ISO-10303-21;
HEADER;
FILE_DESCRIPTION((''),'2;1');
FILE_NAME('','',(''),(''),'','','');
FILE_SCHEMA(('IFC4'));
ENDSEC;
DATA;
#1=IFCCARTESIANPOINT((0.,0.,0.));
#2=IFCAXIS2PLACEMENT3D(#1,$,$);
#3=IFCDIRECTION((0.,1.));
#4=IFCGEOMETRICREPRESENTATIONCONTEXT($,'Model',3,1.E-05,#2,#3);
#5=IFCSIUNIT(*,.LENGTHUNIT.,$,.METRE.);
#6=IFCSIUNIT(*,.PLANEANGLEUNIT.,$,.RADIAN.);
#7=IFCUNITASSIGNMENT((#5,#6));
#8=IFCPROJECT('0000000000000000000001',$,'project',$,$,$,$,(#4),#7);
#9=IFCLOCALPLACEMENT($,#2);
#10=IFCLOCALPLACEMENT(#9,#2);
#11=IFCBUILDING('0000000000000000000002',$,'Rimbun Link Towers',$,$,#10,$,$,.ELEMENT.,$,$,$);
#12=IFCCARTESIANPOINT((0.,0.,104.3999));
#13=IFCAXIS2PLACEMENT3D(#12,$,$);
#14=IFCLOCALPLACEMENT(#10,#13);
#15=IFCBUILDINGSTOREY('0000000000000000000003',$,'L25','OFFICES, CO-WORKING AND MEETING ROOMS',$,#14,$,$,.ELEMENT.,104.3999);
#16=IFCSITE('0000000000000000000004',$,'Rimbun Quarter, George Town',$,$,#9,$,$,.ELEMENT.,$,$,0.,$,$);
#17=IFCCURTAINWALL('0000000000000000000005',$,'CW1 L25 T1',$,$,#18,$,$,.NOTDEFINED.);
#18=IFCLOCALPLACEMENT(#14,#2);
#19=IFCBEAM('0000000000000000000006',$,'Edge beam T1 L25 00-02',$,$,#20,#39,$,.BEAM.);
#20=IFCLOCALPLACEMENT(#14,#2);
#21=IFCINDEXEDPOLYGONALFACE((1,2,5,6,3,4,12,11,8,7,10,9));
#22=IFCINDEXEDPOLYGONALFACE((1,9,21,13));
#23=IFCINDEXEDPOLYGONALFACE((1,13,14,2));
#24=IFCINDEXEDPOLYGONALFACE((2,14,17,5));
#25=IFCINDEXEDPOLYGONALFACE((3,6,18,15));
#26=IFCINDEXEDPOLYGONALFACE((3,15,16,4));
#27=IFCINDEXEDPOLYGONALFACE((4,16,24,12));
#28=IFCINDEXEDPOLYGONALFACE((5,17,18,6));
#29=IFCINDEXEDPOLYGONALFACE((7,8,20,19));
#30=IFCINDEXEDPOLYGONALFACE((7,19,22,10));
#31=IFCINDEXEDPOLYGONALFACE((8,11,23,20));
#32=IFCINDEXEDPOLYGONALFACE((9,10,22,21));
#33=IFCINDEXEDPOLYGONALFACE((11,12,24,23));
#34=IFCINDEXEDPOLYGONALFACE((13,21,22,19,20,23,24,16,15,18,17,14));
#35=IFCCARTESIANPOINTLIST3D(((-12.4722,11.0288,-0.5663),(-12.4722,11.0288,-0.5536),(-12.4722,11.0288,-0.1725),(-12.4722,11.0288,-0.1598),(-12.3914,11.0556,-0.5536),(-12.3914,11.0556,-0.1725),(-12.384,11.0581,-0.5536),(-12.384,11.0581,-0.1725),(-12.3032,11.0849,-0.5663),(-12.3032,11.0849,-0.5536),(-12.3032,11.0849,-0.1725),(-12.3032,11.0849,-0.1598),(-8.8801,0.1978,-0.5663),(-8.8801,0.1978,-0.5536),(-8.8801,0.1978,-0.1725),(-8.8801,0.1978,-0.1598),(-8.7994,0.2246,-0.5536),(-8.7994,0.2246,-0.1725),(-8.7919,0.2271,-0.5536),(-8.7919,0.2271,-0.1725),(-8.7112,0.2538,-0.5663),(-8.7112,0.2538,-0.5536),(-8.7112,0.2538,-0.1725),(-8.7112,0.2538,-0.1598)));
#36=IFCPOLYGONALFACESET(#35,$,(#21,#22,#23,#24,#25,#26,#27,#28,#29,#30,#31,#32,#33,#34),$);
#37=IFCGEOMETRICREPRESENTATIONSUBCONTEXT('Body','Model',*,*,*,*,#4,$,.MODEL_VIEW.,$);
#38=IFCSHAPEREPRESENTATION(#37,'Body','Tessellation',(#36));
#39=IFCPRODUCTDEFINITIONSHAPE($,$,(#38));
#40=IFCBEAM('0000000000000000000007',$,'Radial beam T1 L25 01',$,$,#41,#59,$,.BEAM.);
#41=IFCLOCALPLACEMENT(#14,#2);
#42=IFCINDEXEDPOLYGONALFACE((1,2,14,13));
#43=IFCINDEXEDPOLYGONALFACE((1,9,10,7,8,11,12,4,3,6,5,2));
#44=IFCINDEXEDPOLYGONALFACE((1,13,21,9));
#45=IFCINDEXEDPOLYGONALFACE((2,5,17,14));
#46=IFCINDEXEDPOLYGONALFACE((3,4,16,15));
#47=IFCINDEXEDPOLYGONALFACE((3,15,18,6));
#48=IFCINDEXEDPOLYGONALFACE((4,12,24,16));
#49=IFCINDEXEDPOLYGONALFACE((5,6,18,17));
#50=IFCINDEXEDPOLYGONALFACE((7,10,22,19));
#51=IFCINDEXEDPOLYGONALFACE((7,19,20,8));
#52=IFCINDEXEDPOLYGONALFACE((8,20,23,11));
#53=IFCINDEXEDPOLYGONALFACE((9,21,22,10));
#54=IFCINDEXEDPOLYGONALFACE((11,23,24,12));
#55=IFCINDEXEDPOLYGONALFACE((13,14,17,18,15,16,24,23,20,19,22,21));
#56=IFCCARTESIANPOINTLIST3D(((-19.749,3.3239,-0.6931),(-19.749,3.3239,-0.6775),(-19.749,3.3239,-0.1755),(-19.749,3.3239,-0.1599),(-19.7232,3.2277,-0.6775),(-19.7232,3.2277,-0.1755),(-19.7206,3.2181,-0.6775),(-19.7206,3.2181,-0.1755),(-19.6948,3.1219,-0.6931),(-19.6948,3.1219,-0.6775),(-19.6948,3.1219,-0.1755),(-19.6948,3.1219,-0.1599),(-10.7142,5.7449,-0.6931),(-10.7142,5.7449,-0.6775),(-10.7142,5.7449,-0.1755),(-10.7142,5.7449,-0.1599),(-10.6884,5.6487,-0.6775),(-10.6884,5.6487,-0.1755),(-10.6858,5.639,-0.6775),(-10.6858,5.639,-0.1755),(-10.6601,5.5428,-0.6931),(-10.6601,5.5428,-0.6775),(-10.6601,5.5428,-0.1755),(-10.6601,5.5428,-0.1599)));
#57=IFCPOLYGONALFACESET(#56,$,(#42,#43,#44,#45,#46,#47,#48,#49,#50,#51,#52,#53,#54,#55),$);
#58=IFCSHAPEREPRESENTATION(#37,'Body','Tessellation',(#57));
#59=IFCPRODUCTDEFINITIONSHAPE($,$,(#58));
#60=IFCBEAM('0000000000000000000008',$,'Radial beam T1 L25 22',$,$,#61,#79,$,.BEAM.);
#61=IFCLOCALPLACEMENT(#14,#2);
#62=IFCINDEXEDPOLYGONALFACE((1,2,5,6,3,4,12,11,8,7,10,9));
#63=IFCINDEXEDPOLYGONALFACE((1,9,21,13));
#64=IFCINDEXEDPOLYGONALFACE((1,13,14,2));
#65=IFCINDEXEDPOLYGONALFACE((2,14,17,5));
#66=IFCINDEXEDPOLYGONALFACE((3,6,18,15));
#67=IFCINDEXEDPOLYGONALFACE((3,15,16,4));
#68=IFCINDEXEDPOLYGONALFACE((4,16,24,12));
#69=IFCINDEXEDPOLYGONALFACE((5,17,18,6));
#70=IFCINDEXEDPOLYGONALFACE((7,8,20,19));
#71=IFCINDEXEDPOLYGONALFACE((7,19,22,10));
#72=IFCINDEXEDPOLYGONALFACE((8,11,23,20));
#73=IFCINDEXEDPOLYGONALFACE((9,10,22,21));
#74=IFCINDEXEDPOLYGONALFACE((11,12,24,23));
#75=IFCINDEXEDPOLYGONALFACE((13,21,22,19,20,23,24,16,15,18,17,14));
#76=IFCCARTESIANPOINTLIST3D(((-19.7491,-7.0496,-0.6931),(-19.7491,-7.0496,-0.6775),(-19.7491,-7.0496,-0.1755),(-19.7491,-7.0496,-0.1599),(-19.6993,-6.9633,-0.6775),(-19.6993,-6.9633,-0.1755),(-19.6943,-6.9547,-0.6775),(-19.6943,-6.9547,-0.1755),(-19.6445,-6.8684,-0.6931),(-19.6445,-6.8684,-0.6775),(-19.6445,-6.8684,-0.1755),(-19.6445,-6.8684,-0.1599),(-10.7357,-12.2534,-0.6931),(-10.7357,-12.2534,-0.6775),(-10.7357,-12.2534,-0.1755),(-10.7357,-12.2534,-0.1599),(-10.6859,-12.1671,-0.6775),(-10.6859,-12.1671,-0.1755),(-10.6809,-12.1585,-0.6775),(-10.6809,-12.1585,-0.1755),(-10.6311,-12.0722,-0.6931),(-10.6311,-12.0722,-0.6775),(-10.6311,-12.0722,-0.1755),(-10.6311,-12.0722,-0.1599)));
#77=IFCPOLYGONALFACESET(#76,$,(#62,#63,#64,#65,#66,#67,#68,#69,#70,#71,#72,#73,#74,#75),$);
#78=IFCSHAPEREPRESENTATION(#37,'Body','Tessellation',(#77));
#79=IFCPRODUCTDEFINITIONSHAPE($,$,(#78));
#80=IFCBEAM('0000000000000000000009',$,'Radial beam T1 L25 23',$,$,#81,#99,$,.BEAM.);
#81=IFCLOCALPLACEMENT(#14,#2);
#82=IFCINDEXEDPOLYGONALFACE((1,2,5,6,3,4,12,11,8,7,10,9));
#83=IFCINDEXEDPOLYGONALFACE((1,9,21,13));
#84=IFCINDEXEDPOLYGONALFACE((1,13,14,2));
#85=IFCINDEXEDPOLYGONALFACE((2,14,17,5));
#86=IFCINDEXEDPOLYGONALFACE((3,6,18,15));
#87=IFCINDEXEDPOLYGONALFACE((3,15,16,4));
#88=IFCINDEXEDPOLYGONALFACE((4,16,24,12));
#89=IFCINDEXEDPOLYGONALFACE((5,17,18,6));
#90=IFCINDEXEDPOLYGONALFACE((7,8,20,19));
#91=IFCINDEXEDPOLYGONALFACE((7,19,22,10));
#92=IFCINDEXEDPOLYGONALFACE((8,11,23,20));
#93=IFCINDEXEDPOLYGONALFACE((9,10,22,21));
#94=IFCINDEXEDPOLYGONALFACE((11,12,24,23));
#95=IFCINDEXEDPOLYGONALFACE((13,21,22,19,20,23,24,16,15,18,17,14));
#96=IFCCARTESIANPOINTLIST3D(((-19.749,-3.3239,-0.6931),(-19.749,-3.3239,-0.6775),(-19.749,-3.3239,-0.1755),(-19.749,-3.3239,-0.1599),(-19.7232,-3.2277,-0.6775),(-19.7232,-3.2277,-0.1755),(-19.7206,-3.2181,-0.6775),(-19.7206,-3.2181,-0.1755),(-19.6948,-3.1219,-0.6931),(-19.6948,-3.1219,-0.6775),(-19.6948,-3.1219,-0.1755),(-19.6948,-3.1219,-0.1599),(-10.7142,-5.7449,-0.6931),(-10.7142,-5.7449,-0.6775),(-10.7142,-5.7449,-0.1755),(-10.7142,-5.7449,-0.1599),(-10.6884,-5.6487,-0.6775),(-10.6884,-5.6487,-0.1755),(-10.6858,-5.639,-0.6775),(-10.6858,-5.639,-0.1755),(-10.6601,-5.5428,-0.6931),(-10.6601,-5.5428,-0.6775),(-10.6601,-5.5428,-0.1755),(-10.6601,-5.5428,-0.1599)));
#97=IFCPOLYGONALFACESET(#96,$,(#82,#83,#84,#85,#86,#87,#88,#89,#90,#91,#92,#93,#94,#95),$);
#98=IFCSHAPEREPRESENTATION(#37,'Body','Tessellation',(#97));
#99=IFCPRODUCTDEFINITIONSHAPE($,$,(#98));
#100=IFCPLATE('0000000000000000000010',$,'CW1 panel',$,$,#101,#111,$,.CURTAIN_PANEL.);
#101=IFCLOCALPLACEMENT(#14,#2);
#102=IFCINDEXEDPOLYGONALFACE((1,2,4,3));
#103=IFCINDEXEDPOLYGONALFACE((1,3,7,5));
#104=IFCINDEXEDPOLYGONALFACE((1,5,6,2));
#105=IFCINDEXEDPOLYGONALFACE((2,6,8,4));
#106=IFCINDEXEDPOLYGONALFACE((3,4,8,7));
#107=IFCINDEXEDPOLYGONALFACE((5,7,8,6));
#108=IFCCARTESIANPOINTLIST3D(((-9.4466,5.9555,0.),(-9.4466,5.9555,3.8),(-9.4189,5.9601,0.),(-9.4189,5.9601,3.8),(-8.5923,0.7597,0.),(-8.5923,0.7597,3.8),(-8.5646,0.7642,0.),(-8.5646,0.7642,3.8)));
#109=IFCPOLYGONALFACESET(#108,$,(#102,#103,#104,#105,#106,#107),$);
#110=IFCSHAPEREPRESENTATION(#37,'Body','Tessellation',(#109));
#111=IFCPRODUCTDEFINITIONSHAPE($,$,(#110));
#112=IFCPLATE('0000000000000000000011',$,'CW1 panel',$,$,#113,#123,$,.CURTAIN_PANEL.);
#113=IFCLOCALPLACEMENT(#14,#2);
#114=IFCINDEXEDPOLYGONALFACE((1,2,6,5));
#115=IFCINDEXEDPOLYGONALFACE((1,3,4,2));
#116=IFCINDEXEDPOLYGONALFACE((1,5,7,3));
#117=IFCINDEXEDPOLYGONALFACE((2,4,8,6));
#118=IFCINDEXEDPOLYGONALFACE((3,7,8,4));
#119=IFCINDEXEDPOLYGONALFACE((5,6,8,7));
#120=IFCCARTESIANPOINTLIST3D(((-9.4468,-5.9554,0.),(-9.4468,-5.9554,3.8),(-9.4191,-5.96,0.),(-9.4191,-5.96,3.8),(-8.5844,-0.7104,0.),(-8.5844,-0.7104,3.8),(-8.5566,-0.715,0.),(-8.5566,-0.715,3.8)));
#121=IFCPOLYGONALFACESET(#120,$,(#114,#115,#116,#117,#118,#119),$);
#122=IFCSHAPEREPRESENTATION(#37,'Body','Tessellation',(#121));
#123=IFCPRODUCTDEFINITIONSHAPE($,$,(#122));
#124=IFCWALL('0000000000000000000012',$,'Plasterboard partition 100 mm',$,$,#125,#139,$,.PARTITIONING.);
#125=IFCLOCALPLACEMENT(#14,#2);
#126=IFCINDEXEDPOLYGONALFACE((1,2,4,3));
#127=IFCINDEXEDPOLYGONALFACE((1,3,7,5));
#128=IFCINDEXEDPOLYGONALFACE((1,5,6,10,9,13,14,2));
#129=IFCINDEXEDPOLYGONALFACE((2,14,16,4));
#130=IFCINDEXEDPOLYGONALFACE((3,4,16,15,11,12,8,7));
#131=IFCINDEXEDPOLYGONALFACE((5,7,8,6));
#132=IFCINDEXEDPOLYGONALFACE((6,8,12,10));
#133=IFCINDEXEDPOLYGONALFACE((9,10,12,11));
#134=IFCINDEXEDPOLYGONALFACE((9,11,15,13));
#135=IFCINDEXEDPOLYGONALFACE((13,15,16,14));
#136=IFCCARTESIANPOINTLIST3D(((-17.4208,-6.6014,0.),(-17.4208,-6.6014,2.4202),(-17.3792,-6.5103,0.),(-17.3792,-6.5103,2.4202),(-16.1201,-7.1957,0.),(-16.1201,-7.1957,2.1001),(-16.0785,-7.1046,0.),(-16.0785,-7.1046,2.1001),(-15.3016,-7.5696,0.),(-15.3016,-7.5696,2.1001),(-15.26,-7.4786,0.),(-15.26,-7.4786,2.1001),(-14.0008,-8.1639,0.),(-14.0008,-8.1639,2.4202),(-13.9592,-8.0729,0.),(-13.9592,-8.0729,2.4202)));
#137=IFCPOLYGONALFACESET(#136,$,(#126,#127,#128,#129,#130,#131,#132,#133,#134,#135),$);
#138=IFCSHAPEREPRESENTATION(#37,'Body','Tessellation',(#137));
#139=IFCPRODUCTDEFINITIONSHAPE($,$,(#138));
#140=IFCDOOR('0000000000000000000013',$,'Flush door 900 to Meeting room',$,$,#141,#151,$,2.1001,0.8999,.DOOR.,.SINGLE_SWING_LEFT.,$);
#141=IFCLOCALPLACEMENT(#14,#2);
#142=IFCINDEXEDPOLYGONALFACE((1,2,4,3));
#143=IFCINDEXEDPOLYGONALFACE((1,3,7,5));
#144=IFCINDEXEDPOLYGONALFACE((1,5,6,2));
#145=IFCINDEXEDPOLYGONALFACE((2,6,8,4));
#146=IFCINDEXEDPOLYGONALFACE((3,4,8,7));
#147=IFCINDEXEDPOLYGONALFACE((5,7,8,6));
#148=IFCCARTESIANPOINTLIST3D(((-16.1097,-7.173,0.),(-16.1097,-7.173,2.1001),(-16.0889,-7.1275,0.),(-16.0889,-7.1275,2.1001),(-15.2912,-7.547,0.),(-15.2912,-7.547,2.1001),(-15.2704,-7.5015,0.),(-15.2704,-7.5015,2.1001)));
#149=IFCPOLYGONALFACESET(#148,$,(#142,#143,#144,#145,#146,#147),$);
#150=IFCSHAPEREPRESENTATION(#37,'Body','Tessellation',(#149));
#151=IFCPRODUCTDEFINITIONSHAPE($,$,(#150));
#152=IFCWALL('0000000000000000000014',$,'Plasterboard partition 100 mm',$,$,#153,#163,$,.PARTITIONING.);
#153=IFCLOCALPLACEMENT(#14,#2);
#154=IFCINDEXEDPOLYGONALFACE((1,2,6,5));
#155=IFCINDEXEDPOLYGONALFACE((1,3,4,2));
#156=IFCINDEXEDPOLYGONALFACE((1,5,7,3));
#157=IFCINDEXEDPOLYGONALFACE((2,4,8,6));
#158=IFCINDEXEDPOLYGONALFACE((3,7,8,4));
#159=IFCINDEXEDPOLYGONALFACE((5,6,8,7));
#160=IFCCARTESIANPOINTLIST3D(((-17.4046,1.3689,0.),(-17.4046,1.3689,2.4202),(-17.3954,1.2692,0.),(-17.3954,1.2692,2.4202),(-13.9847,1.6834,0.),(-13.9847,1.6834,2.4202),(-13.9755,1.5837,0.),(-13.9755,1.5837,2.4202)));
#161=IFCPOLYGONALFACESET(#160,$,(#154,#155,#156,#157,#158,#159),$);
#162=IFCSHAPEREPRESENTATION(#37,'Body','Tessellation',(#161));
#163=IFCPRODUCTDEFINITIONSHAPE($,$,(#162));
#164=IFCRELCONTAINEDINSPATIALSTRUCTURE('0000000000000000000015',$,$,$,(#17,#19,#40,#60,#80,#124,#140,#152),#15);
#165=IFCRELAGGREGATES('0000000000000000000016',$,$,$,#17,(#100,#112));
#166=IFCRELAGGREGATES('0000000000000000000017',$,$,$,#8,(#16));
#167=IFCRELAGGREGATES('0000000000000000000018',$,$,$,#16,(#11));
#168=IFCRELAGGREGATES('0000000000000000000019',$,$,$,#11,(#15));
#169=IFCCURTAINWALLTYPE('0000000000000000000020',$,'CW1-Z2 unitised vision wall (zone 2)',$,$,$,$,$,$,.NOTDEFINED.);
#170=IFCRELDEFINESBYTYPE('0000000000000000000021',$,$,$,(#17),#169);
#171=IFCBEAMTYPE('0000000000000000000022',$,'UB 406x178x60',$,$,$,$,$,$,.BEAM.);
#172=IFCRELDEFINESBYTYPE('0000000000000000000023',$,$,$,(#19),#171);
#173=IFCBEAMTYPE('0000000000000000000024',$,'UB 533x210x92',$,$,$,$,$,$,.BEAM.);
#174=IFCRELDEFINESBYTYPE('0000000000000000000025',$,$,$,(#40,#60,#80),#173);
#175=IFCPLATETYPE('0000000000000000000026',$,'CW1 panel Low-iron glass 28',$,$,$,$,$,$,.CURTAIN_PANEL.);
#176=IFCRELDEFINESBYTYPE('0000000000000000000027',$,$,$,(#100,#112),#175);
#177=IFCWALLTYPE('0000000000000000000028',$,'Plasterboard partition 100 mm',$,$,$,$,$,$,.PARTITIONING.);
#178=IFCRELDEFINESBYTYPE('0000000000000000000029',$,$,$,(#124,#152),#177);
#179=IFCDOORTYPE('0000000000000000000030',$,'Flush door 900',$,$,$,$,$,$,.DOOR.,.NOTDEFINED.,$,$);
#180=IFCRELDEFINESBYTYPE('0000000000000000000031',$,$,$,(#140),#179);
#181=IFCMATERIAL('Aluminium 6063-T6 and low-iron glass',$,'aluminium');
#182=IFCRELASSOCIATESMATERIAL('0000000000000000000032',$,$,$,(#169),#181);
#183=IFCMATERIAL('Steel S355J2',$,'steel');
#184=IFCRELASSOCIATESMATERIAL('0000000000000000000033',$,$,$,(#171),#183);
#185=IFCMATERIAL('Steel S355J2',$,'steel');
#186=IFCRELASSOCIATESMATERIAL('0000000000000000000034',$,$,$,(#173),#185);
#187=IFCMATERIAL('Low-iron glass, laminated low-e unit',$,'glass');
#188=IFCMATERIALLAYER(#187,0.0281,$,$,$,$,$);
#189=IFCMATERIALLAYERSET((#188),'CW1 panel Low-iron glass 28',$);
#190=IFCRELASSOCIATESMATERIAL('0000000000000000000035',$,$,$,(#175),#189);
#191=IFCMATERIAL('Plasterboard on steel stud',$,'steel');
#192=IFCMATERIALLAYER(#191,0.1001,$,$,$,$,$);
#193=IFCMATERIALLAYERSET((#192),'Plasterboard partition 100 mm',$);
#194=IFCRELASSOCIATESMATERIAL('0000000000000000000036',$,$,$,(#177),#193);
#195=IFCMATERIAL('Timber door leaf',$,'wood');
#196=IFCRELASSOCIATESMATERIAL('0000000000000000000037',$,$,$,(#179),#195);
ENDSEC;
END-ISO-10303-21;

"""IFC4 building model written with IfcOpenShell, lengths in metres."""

from ifc_helpers import new_model, si_unit, direction, frame, frame_2d, origin, origin_2d, place, context, subcontext, project, spatial, rectangle, i_section, extrude, material, layer, layer_set, material_profile, profile_set, type_object, element, fill, aggregate, save


model = new_model("IFC4")

# Units and contexts
model_context = context("Model", 3, precision=1e-05, world=origin(), true_north=direction((0.0, 1.0)))
body_context = subcontext(model_context, "Body", "Model", "MODEL_VIEW")
ifc_project = project(units=[si_unit("LENGTHUNIT", "METRE"), si_unit("PLANEANGLEUNIT", "RADIAN")], contexts=[model_context])

# Site, building, storey
site_placement = place(None, origin())
site = spatial("IfcSite", under=ifc_project, at=site_placement, Name="Rimbun Quarter, George Town", CompositionType="ELEMENT", RefElevation=0.0)
building_placement = place(site_placement, origin())
building = spatial("IfcBuilding", under=site, at=building_placement, Name="Rimbun Link Towers", CompositionType="ELEMENT")
storey_placement = place(building_placement, frame((0.0, 0.0, 104.3999)))
storey = spatial("IfcBuildingStorey", under=building, at=storey_placement, Name="L25", Description="OFFICES, CO-WORKING AND MEETING ROOMS", CompositionType="ELEMENT", Elevation=104.3999)

# Curtain wall
ifc_material_1 = material(Name="Aluminium 6063-T6 and low-iron glass", Category="aluminium")
curtain_wall_type = type_object("IfcCurtainWallType", Name="CW1-Z2 unitised vision wall (zone 2)", PredefinedType="NOTDEFINED", material=ifc_material_1)
curtain_wall_placement = place(storey_placement, origin())
curtain_wall = element("IfcCurtainWall", 1, at=curtain_wall_placement, inside=storey, type_object=curtain_wall_type, Name="CW1 L25 T1", PredefinedType="NOTDEFINED")

# Beams
ifc_material_2 = material(Name="Steel S355J2", Category="steel")
ifc_material_profile_1 = material_profile(ifc_material_2, i_section(OverallWidth=0.178, OverallDepth=0.4065, WebThickness=0.0078, FlangeThickness=0.0127, at=origin_2d()), Name="UB 406x178x60")
ifc_profile_set_1 = profile_set([ifc_material_profile_1], Name="Steel S355J2")
beam_type_1 = type_object("IfcBeamType", Name="UB 406x178x60", PredefinedType="BEAM", material=ifc_profile_set_1)
beam_1_placement = place(storey_placement, frame((-8.7957, 0.2258, -0.363), z_axis=(-0.314783, 0.949164, 0.0), x_axis=(-0.949164, -0.314783, 0.0)))
element("IfcBeam", 2, at=beam_1_placement, inside=storey, type_object=beam_type_1, Name="Edge beam T1 L25 00-02", PredefinedType="BEAM", context=body_context, shape_type="SweptSolid", body=[
    extrude(i_section(OverallWidth=0.178, OverallDepth=0.4065, WebThickness=0.0078, FlangeThickness=0.0127, at=origin_2d()), origin(), (0.0, 0.0, 1.0), 11.4111),
])
ifc_material_3 = material(Name="Steel S355J2", Category="steel")
ifc_material_profile_2 = material_profile(ifc_material_3, i_section(OverallWidth=0.2092, OverallDepth=0.5332, WebThickness=0.01, FlangeThickness=0.0156, at=origin_2d()), Name="UB 533x210x92")
ifc_profile_set_2 = profile_set([ifc_material_profile_2], Name="Steel S355J2")
beam_type_2 = type_object("IfcBeamType", Name="UB 533x210x92", PredefinedType="BEAM", material=ifc_profile_set_2)
beam_2_placement = place(storey_placement, frame((-19.7219, 3.2229, -0.4265), z_axis=(0.965924, 0.258826, 0.0), x_axis=(-0.258826, 0.965924, 0.0)))
element("IfcBeam", 3, at=beam_2_placement, inside=storey, type_object=beam_type_2, Name="Radial beam T1 L25 01", PredefinedType="BEAM", context=body_context, shape_type="SweptSolid", body=[
    extrude(i_section(OverallWidth=0.2092, OverallDepth=0.5332, WebThickness=0.01, FlangeThickness=0.0156, at=origin_2d()), origin(), (0.0, 0.0, 1.0), 9.3535),
])
beam_3_placement = place(storey_placement, frame((-19.6968, -6.959, -0.4265), z_axis=(0.866027, -0.499997, 0.0), x_axis=(0.499997, 0.866027, 0.0)))
element("IfcBeam", 4, at=beam_3_placement, inside=storey, type_object=beam_type_2, Name="Radial beam T1 L25 22", PredefinedType="BEAM", context=body_context, shape_type="SweptSolid", body=[
    extrude(i_section(OverallWidth=0.2092, OverallDepth=0.5332, WebThickness=0.01, FlangeThickness=0.0156, at=origin_2d()), origin(), (0.0, 0.0, 1.0), 10.4077),
])
beam_4_placement = place(storey_placement, frame((-19.7219, -3.2229, -0.4265), z_axis=(0.965924, -0.258826, 0.0), x_axis=(0.258826, 0.965924, 0.0)))
element("IfcBeam", 5, at=beam_4_placement, inside=storey, type_object=beam_type_2, Name="Radial beam T1 L25 23", PredefinedType="BEAM", context=body_context, shape_type="SweptSolid", body=[
    extrude(i_section(OverallWidth=0.2092, OverallDepth=0.5332, WebThickness=0.01, FlangeThickness=0.0156, at=origin_2d()), origin(), (0.0, 0.0, 1.0), 9.3535),
])

# Plates
ifc_material_4 = material(Name="Low-iron glass, laminated low-e unit", Category="glass")
ifc_layer_1 = layer(ifc_material_4, 0.0281)
ifc_layer_set_1 = layer_set([ifc_layer_1], Name="CW1 panel Low-iron glass 28")
plate_type = type_object("IfcPlateType", Name="CW1 panel Low-iron glass 28", PredefinedType="CURTAIN_PANEL", material=ifc_layer_set_1)
plate_1_placement = place(storey_placement, frame((-9.0056, 3.3599, 0.0), z_axis=(0.0, 0.0, 1.0), x_axis=(0.162248, -0.98675, 0.0)))
plate_1 = element("IfcPlate", 6, at=plate_1_placement, type_object=plate_type, Name="CW1 panel", PredefinedType="CURTAIN_PANEL", context=body_context, shape_type="SweptSolid", body=[
    extrude(rectangle(XDim=5.2656, YDim=0.0281, at=origin_2d()), origin(), (0.0, 0.0, 1.0), 3.8),
])
plate_2_placement = place(storey_placement, frame((-9.0017, -3.3352, 0.0), z_axis=(0.0, 0.0, 1.0), x_axis=(-0.162248, -0.98675, 0.0)))
plate_2 = element("IfcPlate", 7, at=plate_2_placement, type_object=plate_type, Name="CW1 panel", PredefinedType="CURTAIN_PANEL", context=body_context, shape_type="SweptSolid", body=[
    extrude(rectangle(XDim=5.3154, YDim=0.0281, at=origin_2d()), origin(), (0.0, 0.0, 1.0), 3.8),
])
aggregate(curtain_wall, [plate_1, plate_2])

# Wall, opening, door
ifc_material_5 = material(Name="Plasterboard on steel stud", Category="steel")
ifc_layer_2 = layer(ifc_material_5, 0.1001)
ifc_layer_set_2 = layer_set([ifc_layer_2], Name="Plasterboard partition 100 mm")
wall_type = type_object("IfcWallType", Name="Plasterboard partition 100 mm", PredefinedType="PARTITIONING", material=ifc_layer_set_2)
wall_1_placement = place(storey_placement, frame((-17.3999, -6.5559, 0.0), z_axis=(0.0, 0.0, 1.0), x_axis=(0.909564, -0.415563, 0.0)))
wall_1 = element("IfcWall", 8, at=wall_1_placement, inside=storey, type_object=wall_type, Name="Plasterboard partition 100 mm", PredefinedType="PARTITIONING", context=body_context, shape_type="SweptSolid", body=[
    extrude(rectangle(XDim=3.76, YDim=0.1001, at=frame_2d((1.8799, 0.0))), origin(), (0.0, 0.0, 1.0), 2.4202),
])
opening_placement = place(wall_1_placement, frame((1.4299, 0.0, 0.0)))
opening = element("IfcOpeningElement", 9, at=opening_placement, cuts=wall_1, PredefinedType="OPENING", context=body_context, shape_type="SweptSolid", body=[
    extrude(rectangle(XDim=0.8999, YDim=2.1001, at=frame_2d((0.45, 1.05))), frame((0.0, 0.0601, 0.0), z_axis=(0.0, -1.0, 0.0), x_axis=(1.0, 0.0, 0.0)), (0.0, 0.0, 1.0), 0.1201),
])
ifc_material_6 = material(Name="Timber door leaf", Category="wood")
door_type = type_object("IfcDoorType", Name="Flush door 900", OperationType="NOTDEFINED", PredefinedType="DOOR", material=ifc_material_6)
door_placement = place(opening_placement, origin())
door = element("IfcDoor", 10, at=door_placement, inside=storey, type_object=door_type, Name="Flush door 900 to Meeting room", OperationType="SINGLE_SWING_LEFT", OverallHeight=2.1001, OverallWidth=0.8999, PredefinedType="DOOR", context=body_context, shape_type="SweptSolid", body=[
    extrude(rectangle(XDim=0.8999, YDim=2.1001, at=frame_2d((0.45, 1.05))), frame((0.0, 0.0249, 0.0), z_axis=(0.0, -1.0, 0.0), x_axis=(1.0, 0.0, 0.0)), (0.0, 0.0, 1.0), 0.05),
])
fill(opening, door)

# Wall
wall_2_placement = place(storey_placement, frame((-13.98, 1.6335, 0.0), z_axis=(0.0, 0.0, 1.0), x_axis=(-0.995799, -0.091561, 0.0)))
element("IfcWall", 11, at=wall_2_placement, inside=storey, type_object=wall_type, Name="Plasterboard partition 100 mm", PredefinedType="PARTITIONING", context=body_context, shape_type="SweptSolid", body=[
    extrude(rectangle(XDim=3.4343, YDim=0.1001, at=frame_2d((1.7173, 0.0))), origin(), (0.0, 0.0, 1.0), 2.4202),
])

save(model, "model.ifc")
